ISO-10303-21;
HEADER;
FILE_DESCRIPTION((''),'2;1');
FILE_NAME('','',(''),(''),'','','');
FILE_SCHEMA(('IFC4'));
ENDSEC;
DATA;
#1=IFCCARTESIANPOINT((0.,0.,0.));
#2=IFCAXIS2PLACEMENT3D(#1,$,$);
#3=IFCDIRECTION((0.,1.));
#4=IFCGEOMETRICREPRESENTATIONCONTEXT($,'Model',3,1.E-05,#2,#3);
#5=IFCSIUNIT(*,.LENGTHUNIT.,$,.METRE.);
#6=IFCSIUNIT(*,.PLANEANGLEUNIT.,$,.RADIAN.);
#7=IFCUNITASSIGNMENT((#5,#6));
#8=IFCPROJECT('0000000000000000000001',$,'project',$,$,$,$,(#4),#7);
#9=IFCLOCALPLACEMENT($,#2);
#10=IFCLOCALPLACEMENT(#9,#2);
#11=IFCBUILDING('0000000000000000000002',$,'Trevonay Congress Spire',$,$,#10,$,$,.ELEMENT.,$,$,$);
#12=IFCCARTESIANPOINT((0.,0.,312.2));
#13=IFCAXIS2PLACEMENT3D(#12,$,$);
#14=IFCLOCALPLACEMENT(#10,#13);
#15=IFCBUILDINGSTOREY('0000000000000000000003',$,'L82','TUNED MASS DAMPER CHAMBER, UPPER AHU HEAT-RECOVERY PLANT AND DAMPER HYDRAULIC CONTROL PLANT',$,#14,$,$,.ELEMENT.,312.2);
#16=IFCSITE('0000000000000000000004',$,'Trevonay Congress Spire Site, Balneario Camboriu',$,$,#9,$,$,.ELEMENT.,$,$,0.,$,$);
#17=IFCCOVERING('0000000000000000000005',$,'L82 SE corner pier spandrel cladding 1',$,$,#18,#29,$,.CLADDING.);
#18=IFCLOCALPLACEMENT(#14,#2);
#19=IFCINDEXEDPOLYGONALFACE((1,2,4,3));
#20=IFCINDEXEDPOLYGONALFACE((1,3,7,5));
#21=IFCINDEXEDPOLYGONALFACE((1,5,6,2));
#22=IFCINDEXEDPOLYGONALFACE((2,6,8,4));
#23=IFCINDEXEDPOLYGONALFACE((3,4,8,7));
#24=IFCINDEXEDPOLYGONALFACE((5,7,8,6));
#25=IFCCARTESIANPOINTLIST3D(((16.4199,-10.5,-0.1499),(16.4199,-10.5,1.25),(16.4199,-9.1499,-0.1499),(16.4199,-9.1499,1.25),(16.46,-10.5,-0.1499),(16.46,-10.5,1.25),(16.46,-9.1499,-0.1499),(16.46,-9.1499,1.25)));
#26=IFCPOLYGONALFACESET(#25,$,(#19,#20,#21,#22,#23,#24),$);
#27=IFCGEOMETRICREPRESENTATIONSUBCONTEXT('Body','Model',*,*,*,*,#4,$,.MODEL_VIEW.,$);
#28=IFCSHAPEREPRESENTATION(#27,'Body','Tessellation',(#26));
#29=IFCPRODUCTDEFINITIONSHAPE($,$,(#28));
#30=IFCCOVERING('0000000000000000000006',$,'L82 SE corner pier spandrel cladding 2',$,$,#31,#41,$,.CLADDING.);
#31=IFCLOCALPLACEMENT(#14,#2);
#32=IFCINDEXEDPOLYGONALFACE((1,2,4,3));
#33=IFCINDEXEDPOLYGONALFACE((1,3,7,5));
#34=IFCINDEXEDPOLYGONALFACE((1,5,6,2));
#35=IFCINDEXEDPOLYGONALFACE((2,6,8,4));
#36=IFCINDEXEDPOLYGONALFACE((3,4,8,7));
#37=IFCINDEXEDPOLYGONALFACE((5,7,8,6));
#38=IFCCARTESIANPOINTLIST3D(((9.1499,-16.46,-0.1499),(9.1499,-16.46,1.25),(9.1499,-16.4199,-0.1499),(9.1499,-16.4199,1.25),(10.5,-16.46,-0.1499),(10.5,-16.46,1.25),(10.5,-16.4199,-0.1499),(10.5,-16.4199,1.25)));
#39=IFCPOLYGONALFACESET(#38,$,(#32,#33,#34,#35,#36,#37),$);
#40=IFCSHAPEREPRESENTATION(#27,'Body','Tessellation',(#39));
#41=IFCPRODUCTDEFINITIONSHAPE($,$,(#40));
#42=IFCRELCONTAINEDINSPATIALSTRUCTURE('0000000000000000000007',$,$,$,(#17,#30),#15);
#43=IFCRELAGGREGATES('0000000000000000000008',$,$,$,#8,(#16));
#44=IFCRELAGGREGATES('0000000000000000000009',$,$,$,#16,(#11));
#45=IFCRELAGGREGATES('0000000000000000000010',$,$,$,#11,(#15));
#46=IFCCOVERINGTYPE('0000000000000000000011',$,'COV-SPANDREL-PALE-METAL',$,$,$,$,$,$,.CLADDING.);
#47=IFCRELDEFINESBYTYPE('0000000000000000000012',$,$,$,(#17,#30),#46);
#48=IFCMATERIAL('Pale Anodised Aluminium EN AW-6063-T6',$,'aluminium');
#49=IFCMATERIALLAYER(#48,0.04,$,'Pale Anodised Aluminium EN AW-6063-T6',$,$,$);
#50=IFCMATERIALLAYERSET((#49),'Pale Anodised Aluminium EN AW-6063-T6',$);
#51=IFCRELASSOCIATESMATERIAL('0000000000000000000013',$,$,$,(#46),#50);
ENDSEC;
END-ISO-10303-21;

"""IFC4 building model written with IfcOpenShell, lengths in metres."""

from ifc_helpers import new_model, si_unit, direction, frame, frame_2d, origin, place, context, subcontext, project, spatial, rectangle, extrude, material, layer, layer_set, type_object, element, save


model = new_model("IFC4")

# Units and contexts
model_context = context("Model", 3, precision=1e-05, world=origin(), true_north=direction((0.0, 1.0)))
body_context = subcontext(model_context, "Body", "Model", "MODEL_VIEW")
ifc_project = project(units=[si_unit("LENGTHUNIT", "METRE"), si_unit("PLANEANGLEUNIT", "RADIAN")], contexts=[model_context])

# Site, building, storey
site_placement = place(None, origin())
site = spatial("IfcSite", under=ifc_project, at=site_placement, Name="Trevonay Congress Spire Site, Balneario Camboriu", CompositionType="ELEMENT", RefElevation=0.0)
building_placement = place(site_placement, origin())
building = spatial("IfcBuilding", under=site, at=building_placement, Name="Trevonay Congress Spire", CompositionType="ELEMENT")
storey_placement = place(building_placement, frame((0.0, 0.0, 312.2)))
storey = spatial("IfcBuildingStorey", under=building, at=storey_placement, Name="L82", Description="TUNED MASS DAMPER CHAMBER, UPPER AHU HEAT-RECOVERY PLANT AND DAMPER HYDRAULIC CONTROL PLANT", CompositionType="ELEMENT", Elevation=312.2)

# Shared definitions
ifc_material_1 = material(Name="Pale Anodised Aluminium EN AW-6063-T6", Category="aluminium")

# Coverings
ifc_layer_1 = layer(ifc_material_1, 0.04, Name="Pale Anodised Aluminium EN AW-6063-T6")
ifc_layer_set_1 = layer_set([ifc_layer_1], Name="Pale Anodised Aluminium EN AW-6063-T6")
covering_type = type_object("IfcCoveringType", Name="COV-SPANDREL-PALE-METAL", PredefinedType="CLADDING", material=ifc_layer_set_1)
for number, where, z_axis, x_axis, name in (
    (1, (16.4399, -9.1499, -0.1499), (0.0, 0.0, 1.0), (0.0, -1.0, 0.0), "L82 SE corner pier spandrel cladding 1"),
    (2, (9.1499, -16.4399, -0.1499), (0.0, 0.0, 1.0), (1.0, 0.0, 0.0), "L82 SE corner pier spandrel cladding 2"),
):
    element("IfcCovering", number, at=place(storey_placement, frame(where, z_axis=z_axis, x_axis=x_axis)), inside=storey, type_object=covering_type, Name=name, PredefinedType="CLADDING", context=body_context, shape_type="SweptSolid", body=[
        extrude(rectangle(XDim=1.3501, YDim=0.04, at=frame_2d((0.675, 0.0))), origin(), (0.0, 0.0, 1.0), 1.3999),
    ])

save(model, "model.ifc")
